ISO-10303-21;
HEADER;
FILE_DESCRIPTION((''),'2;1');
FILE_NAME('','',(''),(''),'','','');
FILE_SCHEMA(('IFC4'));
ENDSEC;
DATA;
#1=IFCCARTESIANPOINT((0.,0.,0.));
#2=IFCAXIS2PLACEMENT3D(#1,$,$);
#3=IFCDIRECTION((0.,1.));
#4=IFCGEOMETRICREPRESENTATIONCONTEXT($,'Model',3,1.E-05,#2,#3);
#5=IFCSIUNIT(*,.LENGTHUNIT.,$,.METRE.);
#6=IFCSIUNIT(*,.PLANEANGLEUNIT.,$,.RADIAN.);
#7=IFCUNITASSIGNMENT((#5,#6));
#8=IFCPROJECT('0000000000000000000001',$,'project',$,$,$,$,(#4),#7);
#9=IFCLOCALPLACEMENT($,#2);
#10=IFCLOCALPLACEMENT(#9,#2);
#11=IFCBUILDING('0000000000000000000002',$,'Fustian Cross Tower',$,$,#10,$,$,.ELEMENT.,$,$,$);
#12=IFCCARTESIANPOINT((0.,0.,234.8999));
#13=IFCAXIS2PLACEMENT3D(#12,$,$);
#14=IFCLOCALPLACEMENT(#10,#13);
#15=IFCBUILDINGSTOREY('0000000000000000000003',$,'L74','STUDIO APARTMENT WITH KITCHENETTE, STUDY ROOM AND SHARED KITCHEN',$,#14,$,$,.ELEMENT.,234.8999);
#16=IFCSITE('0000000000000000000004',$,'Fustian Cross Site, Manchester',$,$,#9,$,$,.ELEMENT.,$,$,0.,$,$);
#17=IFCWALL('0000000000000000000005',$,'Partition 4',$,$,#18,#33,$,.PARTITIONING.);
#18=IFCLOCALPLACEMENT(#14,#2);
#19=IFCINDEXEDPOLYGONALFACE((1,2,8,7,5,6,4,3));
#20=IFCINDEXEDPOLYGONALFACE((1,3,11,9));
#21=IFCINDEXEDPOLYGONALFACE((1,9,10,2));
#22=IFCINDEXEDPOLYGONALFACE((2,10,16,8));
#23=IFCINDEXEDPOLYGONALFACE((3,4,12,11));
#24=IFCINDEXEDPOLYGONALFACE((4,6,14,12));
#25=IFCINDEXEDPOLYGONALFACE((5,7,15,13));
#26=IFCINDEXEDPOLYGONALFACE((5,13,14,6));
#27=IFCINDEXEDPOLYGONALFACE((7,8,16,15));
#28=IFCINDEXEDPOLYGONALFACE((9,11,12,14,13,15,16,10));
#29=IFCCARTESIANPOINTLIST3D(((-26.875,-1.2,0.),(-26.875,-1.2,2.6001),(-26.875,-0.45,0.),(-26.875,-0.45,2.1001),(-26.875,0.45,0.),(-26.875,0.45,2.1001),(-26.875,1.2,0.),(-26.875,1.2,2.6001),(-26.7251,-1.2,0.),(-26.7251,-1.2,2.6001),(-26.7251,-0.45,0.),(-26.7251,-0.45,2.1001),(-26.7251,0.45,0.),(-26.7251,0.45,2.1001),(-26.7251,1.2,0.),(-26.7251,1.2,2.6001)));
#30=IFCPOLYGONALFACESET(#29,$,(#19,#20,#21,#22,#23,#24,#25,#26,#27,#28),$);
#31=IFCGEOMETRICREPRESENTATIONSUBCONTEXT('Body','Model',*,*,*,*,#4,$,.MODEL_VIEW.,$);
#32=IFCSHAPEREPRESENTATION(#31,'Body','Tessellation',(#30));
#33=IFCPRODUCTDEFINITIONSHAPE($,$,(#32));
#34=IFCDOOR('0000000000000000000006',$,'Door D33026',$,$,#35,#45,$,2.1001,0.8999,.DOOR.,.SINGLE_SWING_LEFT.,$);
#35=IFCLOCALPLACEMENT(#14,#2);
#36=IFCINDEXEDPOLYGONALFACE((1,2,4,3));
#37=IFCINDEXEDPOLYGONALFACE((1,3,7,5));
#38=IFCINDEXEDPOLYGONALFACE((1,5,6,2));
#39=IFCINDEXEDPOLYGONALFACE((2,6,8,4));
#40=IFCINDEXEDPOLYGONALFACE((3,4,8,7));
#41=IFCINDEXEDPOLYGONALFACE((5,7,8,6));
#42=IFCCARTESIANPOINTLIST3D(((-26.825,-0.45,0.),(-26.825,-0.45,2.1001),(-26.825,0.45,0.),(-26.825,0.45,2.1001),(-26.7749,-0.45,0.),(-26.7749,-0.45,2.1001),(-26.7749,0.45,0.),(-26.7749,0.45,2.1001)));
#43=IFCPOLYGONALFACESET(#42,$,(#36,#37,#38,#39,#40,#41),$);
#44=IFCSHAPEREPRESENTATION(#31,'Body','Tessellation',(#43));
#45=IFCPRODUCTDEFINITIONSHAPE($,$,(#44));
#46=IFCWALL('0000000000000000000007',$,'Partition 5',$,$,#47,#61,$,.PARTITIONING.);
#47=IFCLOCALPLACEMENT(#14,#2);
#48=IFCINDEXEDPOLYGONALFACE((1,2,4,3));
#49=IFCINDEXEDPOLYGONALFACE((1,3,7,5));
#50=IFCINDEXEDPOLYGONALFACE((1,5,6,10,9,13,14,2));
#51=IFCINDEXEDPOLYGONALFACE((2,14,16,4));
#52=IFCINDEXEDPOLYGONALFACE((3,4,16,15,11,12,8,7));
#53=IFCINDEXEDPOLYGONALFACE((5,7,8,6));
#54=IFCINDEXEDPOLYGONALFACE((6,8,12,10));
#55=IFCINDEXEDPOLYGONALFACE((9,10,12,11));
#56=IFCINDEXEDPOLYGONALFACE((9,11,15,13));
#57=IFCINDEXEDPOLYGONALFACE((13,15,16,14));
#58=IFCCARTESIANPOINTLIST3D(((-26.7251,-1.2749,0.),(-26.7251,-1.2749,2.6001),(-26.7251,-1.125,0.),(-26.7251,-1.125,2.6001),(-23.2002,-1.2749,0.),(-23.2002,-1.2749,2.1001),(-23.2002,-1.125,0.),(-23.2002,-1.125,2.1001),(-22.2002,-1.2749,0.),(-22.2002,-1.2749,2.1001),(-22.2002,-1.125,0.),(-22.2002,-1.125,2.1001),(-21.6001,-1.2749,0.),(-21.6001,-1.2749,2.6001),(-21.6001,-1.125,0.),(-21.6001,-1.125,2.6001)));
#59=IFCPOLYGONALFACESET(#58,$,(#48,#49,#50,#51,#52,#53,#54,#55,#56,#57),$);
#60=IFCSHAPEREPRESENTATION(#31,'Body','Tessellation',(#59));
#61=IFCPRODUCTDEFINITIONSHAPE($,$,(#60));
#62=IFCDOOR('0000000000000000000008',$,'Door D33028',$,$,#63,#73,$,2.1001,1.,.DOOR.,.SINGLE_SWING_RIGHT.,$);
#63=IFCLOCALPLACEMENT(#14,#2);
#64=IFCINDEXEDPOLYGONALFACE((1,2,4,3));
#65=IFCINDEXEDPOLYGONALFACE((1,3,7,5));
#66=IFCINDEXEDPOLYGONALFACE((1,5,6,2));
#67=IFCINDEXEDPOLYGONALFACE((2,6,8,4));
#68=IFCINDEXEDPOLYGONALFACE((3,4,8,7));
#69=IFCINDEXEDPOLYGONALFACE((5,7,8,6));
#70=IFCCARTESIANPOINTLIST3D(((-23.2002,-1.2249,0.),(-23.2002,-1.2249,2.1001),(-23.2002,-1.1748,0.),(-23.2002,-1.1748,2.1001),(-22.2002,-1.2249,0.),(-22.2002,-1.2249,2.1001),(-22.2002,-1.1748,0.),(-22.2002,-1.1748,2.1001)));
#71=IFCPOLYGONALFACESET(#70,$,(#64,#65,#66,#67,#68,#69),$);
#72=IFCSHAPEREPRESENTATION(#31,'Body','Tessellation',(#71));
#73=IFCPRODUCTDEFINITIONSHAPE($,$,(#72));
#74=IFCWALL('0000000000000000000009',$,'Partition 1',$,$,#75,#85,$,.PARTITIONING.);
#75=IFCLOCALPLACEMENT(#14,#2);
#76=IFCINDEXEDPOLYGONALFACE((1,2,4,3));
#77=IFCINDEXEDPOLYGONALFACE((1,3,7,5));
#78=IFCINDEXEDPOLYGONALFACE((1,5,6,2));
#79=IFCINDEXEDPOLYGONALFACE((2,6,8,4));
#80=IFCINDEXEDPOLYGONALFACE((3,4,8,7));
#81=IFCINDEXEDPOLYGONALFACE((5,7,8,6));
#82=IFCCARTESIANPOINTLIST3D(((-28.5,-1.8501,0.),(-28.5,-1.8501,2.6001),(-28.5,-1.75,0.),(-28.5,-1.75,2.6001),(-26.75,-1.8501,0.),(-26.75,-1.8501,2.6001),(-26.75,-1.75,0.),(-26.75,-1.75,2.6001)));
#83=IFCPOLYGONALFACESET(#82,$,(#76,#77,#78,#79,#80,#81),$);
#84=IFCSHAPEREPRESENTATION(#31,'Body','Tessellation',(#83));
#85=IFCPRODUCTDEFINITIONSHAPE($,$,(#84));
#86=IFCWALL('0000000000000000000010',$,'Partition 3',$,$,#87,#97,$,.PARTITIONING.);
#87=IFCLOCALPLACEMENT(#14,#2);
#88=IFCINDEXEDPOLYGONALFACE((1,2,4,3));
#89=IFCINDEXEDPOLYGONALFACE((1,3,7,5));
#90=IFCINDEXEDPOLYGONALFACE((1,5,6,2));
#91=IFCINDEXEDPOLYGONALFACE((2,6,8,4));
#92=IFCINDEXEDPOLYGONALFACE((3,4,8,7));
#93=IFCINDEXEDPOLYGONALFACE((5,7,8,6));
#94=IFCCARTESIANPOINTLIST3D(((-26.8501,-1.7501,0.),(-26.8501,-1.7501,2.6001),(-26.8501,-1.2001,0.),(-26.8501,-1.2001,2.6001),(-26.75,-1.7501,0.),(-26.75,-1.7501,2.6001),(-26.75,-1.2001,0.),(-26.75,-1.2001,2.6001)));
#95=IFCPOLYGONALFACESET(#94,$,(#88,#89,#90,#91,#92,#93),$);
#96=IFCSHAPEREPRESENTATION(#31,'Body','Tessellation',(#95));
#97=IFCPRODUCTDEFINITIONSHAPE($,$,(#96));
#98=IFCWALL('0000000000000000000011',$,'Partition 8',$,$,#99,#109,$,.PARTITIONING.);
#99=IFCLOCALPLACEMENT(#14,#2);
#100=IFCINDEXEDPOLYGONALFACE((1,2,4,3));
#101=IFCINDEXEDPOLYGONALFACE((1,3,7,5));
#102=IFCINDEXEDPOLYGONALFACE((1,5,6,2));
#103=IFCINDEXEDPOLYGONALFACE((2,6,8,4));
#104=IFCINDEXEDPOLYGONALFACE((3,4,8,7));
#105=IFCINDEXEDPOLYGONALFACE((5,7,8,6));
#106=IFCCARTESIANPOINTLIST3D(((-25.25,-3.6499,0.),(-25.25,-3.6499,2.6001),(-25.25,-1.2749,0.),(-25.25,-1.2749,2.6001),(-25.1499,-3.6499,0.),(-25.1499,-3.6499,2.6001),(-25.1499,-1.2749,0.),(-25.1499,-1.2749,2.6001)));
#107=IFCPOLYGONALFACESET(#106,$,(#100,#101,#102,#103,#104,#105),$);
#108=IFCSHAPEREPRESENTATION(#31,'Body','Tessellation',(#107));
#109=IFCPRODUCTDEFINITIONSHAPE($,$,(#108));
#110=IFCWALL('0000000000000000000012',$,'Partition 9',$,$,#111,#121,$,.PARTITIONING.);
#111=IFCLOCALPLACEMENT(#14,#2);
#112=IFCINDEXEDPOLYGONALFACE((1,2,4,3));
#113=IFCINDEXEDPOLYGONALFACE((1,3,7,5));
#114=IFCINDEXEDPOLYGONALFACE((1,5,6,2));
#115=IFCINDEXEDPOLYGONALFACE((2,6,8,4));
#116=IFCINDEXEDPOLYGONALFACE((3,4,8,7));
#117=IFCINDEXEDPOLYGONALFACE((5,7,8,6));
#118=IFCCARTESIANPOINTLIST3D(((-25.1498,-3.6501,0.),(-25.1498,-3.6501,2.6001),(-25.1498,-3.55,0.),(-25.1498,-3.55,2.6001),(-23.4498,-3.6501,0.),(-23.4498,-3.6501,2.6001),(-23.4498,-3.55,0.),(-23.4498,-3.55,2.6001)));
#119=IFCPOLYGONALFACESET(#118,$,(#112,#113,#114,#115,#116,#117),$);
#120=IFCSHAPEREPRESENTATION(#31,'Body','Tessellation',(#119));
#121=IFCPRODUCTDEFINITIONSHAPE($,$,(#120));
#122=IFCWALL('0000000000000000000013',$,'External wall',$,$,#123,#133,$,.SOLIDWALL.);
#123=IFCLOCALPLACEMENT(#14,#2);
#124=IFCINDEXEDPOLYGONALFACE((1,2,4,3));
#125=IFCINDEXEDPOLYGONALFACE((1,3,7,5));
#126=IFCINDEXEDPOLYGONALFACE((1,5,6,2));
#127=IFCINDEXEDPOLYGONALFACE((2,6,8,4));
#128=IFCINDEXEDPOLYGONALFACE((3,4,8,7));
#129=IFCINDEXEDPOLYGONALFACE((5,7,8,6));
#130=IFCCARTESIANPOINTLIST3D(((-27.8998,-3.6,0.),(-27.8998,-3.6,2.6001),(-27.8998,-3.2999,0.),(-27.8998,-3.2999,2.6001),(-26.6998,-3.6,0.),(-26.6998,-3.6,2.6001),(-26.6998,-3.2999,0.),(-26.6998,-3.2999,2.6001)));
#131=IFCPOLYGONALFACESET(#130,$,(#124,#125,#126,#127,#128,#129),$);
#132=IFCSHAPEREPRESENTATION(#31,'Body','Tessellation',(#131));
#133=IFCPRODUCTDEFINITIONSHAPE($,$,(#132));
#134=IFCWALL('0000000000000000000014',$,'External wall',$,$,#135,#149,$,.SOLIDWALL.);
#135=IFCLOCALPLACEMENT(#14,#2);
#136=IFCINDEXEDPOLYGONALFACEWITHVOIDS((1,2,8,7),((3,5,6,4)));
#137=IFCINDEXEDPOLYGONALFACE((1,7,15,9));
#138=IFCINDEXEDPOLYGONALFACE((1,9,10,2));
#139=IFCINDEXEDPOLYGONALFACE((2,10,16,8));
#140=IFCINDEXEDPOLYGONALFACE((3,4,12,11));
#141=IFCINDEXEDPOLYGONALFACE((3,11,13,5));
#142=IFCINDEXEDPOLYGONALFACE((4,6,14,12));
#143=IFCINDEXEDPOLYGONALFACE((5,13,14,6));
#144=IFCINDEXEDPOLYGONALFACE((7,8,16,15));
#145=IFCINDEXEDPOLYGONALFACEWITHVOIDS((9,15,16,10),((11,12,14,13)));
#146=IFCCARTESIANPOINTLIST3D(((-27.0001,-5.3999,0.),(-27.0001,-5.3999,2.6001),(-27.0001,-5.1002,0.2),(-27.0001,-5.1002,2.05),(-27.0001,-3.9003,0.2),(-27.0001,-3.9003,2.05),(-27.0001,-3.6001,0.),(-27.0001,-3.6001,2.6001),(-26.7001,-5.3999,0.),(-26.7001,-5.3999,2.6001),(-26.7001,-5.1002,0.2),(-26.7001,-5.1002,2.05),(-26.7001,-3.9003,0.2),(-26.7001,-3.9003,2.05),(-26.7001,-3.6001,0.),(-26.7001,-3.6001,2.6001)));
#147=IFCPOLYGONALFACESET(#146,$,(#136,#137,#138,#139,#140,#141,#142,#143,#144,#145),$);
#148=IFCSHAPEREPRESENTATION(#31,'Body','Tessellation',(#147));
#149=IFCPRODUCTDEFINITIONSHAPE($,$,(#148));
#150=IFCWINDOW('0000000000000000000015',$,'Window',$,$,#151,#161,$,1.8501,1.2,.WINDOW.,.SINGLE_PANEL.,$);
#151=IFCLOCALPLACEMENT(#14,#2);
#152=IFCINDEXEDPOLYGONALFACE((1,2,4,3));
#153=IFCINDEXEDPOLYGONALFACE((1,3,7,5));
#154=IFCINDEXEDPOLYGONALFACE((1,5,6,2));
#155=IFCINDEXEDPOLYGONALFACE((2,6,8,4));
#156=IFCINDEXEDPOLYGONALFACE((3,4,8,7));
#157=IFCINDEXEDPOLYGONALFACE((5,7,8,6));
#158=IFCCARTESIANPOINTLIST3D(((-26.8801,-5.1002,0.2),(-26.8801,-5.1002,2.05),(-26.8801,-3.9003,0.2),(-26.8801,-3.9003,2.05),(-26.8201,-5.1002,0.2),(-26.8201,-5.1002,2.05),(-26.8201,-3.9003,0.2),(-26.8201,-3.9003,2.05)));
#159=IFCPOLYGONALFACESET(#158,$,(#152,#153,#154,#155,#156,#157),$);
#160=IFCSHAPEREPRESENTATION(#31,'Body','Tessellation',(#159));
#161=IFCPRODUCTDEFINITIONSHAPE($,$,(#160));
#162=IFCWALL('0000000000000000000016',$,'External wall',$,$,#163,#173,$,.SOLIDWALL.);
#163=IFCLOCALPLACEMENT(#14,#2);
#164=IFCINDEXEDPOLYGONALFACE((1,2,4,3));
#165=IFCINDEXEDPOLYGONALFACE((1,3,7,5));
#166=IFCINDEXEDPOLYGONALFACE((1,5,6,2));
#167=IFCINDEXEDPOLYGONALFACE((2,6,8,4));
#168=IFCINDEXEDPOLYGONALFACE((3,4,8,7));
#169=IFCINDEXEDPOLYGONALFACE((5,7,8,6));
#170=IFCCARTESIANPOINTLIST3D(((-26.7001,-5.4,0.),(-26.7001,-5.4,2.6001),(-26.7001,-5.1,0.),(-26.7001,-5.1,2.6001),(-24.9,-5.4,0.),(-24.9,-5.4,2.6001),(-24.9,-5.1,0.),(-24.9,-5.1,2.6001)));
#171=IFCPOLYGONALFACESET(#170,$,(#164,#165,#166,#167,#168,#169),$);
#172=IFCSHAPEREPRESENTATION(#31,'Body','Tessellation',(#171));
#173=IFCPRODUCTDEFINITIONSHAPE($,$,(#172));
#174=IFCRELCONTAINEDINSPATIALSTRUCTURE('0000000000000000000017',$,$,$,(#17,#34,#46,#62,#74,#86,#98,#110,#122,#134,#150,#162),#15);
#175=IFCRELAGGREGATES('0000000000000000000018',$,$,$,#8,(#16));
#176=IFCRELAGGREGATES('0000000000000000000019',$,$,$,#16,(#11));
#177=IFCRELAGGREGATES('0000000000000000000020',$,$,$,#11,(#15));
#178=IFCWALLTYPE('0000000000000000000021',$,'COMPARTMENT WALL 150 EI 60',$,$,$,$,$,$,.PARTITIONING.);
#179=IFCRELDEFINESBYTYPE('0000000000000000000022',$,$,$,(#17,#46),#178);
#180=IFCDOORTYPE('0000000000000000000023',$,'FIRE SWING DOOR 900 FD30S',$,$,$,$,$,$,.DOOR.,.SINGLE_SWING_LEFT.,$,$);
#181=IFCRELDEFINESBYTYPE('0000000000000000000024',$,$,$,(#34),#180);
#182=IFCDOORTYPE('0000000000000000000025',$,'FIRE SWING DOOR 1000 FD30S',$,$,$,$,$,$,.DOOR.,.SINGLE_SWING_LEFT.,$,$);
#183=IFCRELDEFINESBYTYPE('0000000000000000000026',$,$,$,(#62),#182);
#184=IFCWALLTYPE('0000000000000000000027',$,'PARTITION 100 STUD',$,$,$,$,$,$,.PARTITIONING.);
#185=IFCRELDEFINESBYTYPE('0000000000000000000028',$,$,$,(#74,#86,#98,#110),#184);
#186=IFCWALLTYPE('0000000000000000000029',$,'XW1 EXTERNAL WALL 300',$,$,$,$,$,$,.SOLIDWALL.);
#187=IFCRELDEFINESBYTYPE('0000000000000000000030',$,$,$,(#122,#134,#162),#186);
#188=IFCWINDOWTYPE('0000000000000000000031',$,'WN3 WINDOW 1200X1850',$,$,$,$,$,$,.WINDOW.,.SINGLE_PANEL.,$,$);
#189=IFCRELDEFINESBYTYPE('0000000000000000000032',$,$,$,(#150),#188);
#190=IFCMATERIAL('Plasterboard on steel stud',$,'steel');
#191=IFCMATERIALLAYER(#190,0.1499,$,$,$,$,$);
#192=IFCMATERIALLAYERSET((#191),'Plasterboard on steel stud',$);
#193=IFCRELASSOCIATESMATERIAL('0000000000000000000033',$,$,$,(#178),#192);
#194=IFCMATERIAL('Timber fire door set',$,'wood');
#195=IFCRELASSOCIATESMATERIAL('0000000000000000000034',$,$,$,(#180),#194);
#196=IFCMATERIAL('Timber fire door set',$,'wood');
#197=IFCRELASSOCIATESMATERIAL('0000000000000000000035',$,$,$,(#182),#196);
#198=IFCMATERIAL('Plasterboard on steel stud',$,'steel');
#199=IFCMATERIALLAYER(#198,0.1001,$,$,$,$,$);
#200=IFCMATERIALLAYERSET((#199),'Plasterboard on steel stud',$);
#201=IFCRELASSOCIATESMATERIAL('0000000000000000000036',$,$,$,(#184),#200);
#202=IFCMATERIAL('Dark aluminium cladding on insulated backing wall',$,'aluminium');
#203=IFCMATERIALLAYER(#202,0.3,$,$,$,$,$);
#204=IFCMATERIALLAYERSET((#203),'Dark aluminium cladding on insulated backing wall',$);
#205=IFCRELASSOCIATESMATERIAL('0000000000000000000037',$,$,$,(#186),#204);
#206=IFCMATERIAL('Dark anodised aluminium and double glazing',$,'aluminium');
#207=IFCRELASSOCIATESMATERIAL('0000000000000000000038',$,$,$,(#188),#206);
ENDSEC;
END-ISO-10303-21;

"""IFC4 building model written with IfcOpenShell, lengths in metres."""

from ifc_helpers import new_model, si_unit, direction, frame, frame_2d, origin, place, context, subcontext, project, spatial, rectangle, extrude, material, layer, layer_set, type_object, element, fill, save


model = new_model("IFC4")

# Units and contexts
model_context = context("Model", 3, precision=1e-05, world=origin(), true_north=direction((0.0, 1.0)))
body_context = subcontext(model_context, "Body", "Model", "MODEL_VIEW")
ifc_project = project(units=[si_unit("LENGTHUNIT", "METRE"), si_unit("PLANEANGLEUNIT", "RADIAN")], contexts=[model_context])

# Site, building, storey
site_placement = place(None, origin())
site = spatial("IfcSite", under=ifc_project, at=site_placement, Name="Fustian Cross Site, Manchester", CompositionType="ELEMENT", RefElevation=0.0)
building_placement = place(site_placement, origin())
building = spatial("IfcBuilding", under=site, at=building_placement, Name="Fustian Cross Tower", CompositionType="ELEMENT")
storey_placement = place(building_placement, frame((0.0, 0.0, 234.8999)))
storey = spatial("IfcBuildingStorey", under=building, at=storey_placement, Name="L74", Description="STUDIO APARTMENT WITH KITCHENETTE, STUDY ROOM AND SHARED KITCHEN", CompositionType="ELEMENT", Elevation=234.8999)

# Walls, openings, doors
ifc_material_1 = material(Name="Plasterboard on steel stud", Category="steel")
ifc_layer_1 = layer(ifc_material_1, 0.1499)
ifc_layer_set_1 = layer_set([ifc_layer_1], Name="Plasterboard on steel stud")
wall_type_1 = type_object("IfcWallType", Name="COMPARTMENT WALL 150 EI 60", PredefinedType="PARTITIONING", material=ifc_layer_set_1)
wall_1_placement = place(storey_placement, frame((-26.8, -1.2, 0.0), z_axis=(0.0, 0.0, 1.0), x_axis=(0.0, 1.0, 0.0)))
wall_1 = element("IfcWall", 1, at=wall_1_placement, inside=storey, type_object=wall_type_1, Name="Partition 4", PredefinedType="PARTITIONING", context=body_context, shape_type="SweptSolid", body=[
    extrude(rectangle(XDim=2.3999, YDim=0.1499, at=frame_2d((1.2, 0.0))), origin(), (0.0, 0.0, 1.0), 2.6001),
])
opening_1_placement = place(wall_1_placement, frame((0.75, 0.0, 0.0)))
opening_1 = element("IfcOpeningElement", 2, at=opening_1_placement, cuts=wall_1, PredefinedType="OPENING", context=body_context, shape_type="SweptSolid", body=[
    extrude(rectangle(XDim=0.8999, YDim=2.1001, at=frame_2d((0.45, 1.05))), frame((0.0, 0.085, 0.0), z_axis=(0.0, -1.0, 0.0), x_axis=(1.0, 0.0, 0.0)), (0.0, 0.0, 1.0), 0.1699),
])
ifc_material_2 = material(Name="Timber fire door set", Category="wood")
door_type_1 = type_object("IfcDoorType", Name="FIRE SWING DOOR 900 FD30S", OperationType="SINGLE_SWING_LEFT", PredefinedType="DOOR", material=ifc_material_2)
door_1_placement = place(opening_1_placement, origin())
door_1 = element("IfcDoor", 3, at=door_1_placement, inside=storey, type_object=door_type_1, Name="Door D33026", OperationType="SINGLE_SWING_LEFT", OverallHeight=2.1001, OverallWidth=0.8999, PredefinedType="DOOR", context=body_context, shape_type="SweptSolid", body=[
    extrude(rectangle(XDim=0.8999, YDim=2.1001, at=frame_2d((0.45, 1.05))), frame((0.0, 0.0249, 0.0), z_axis=(0.0, -1.0, 0.0), x_axis=(1.0, 0.0, 0.0)), (0.0, 0.0, 1.0), 0.05),
])
fill(opening_1, door_1)
wall_2_placement = place(storey_placement, frame((-26.7251, -1.2, 0.0), z_axis=(0.0, 0.0, 1.0), x_axis=(1.0, 0.0, 0.0)))
wall_2 = element("IfcWall", 4, at=wall_2_placement, inside=storey, type_object=wall_type_1, Name="Partition 5", PredefinedType="PARTITIONING", context=body_context, shape_type="SweptSolid", body=[
    extrude(rectangle(XDim=5.125, YDim=0.1499, at=frame_2d((2.5625, 0.0))), origin(), (0.0, 0.0, 1.0), 2.6001),
])
opening_2_placement = place(wall_2_placement, frame((3.5249, 0.0, 0.0)))
opening_2 = element("IfcOpeningElement", 5, at=opening_2_placement, cuts=wall_2, PredefinedType="OPENING", context=body_context, shape_type="SweptSolid", body=[
    extrude(rectangle(XDim=1.0, YDim=2.1001, at=frame_2d((0.5, 1.05))), frame((0.0, 0.085, 0.0), z_axis=(0.0, -1.0, 0.0), x_axis=(1.0, 0.0, 0.0)), (0.0, 0.0, 1.0), 0.1699),
])
ifc_material_3 = material(Name="Timber fire door set", Category="wood")
door_type_2 = type_object("IfcDoorType", Name="FIRE SWING DOOR 1000 FD30S", OperationType="SINGLE_SWING_LEFT", PredefinedType="DOOR", material=ifc_material_3)
door_2_placement = place(opening_2_placement, frame((1.0, 0.0, 0.0), z_axis=(0.0, 0.0, 1.0), x_axis=(-1.0, 0.0, 0.0)))
door_2 = element("IfcDoor", 6, at=door_2_placement, inside=storey, type_object=door_type_2, Name="Door D33028", OperationType="SINGLE_SWING_RIGHT", OverallHeight=2.1001, OverallWidth=1.0, PredefinedType="DOOR", context=body_context, shape_type="SweptSolid", body=[
    extrude(rectangle(XDim=1.0, YDim=2.1001, at=frame_2d((0.5, 1.05))), frame((0.0, 0.0249, 0.0), z_axis=(0.0, -1.0, 0.0), x_axis=(1.0, 0.0, 0.0)), (0.0, 0.0, 1.0), 0.05),
])
fill(opening_2, door_2)

# Walls
ifc_material_4 = material(Name="Plasterboard on steel stud", Category="steel")
ifc_layer_2 = layer(ifc_material_4, 0.1001)
ifc_layer_set_2 = layer_set([ifc_layer_2], Name="Plasterboard on steel stud")
wall_type_2 = type_object("IfcWallType", Name="PARTITION 100 STUD", PredefinedType="PARTITIONING", material=ifc_layer_set_2)
wall_3_placement = place(storey_placement, frame((-28.5, -1.8, 0.0), z_axis=(0.0, 0.0, 1.0), x_axis=(1.0, 0.0, 0.0)))
element("IfcWall", 7, at=wall_3_placement, inside=storey, type_object=wall_type_2, Name="Partition 1", PredefinedType="PARTITIONING", context=body_context, shape_type="SweptSolid", body=[
    extrude(rectangle(XDim=1.75, YDim=0.1001, at=frame_2d((0.875, 0.0))), origin(), (0.0, 0.0, 1.0), 2.6001),
])
wall_4_placement = place(storey_placement, frame((-26.8, -1.75, 0.0), z_axis=(0.0, 0.0, 1.0), x_axis=(0.0, 1.0, 0.0)))
element("IfcWall", 8, at=wall_4_placement, inside=storey, type_object=wall_type_2, Name="Partition 3", PredefinedType="PARTITIONING", context=body_context, shape_type="SweptSolid", body=[
    extrude(rectangle(XDim=0.55, YDim=0.1001, at=frame_2d((0.2749, 0.0))), origin(), (0.0, 0.0, 1.0), 2.6001),
])
wall_5_placement = place(storey_placement, frame((-25.2, -3.6499, 0.0), z_axis=(0.0, 0.0, 1.0), x_axis=(0.0, 1.0, 0.0)))
element("IfcWall", 9, at=wall_5_placement, inside=storey, type_object=wall_type_2, Name="Partition 8", PredefinedType="PARTITIONING", context=body_context, shape_type="SweptSolid", body=[
    extrude(rectangle(XDim=2.375, YDim=0.1001, at=frame_2d((1.1875, 0.0))), origin(), (0.0, 0.0, 1.0), 2.6001),
])
wall_6_placement = place(storey_placement, frame((-25.1499, -3.6001, 0.0), z_axis=(0.0, 0.0, 1.0), x_axis=(1.0, 0.0, 0.0)))
element("IfcWall", 10, at=wall_6_placement, inside=storey, type_object=wall_type_2, Name="Partition 9", PredefinedType="PARTITIONING", context=body_context, shape_type="SweptSolid", body=[
    extrude(rectangle(XDim=1.7, YDim=0.1001, at=frame_2d((0.8501, 0.0))), origin(), (0.0, 0.0, 1.0), 2.6001),
])
ifc_material_5 = material(Name="Dark aluminium cladding on insulated backing wall", Category="aluminium")
ifc_layer_3 = layer(ifc_material_5, 0.3)
ifc_layer_set_3 = layer_set([ifc_layer_3], Name="Dark aluminium cladding on insulated backing wall")
wall_type_3 = type_object("IfcWallType", Name="XW1 EXTERNAL WALL 300", PredefinedType="SOLIDWALL", material=ifc_layer_set_3)
wall_7_placement = place(storey_placement, frame((-27.8999, -3.45, 0.0), z_axis=(0.0, 0.0, 1.0), x_axis=(1.0, 0.0, 0.0)))
element("IfcWall", 11, at=wall_7_placement, inside=storey, type_object=wall_type_3, Name="External wall", PredefinedType="SOLIDWALL", context=body_context, shape_type="SweptSolid", body=[
    extrude(rectangle(XDim=1.2, YDim=0.3, at=frame_2d((0.6001, 0.0))), origin(), (0.0, 0.0, 1.0), 2.6001),
])

# Wall, opening, window
wall_8_placement = place(storey_placement, frame((-26.8501, -3.6001, 0.0), z_axis=(0.0, 0.0, 1.0), x_axis=(0.0, -1.0, 0.0)))
wall_8 = element("IfcWall", 12, at=wall_8_placement, inside=storey, type_object=wall_type_3, Name="External wall", PredefinedType="SOLIDWALL", context=body_context, shape_type="SweptSolid", body=[
    extrude(rectangle(XDim=1.7998, YDim=0.3, at=frame_2d((0.8999, 0.0))), origin(), (0.0, 0.0, 1.0), 2.6001),
])
opening_3_placement = place(wall_8_placement, frame((0.3, 0.0, 0.2)))
opening_3 = element("IfcOpeningElement", 13, at=opening_3_placement, cuts=wall_8, PredefinedType="OPENING", context=body_context, shape_type="SweptSolid", body=[
    extrude(rectangle(XDim=1.2, YDim=1.8501, at=frame_2d((0.6001, 0.925))), frame((0.0, 0.1599, 0.0), z_axis=(0.0, -1.0, 0.0), x_axis=(1.0, 0.0, 0.0)), (0.0, 0.0, 1.0), 0.3201),
])
ifc_material_6 = material(Name="Dark anodised aluminium and double glazing", Category="aluminium")
window_type = type_object("IfcWindowType", Name="WN3 WINDOW 1200X1850", PartitioningType="SINGLE_PANEL", PredefinedType="WINDOW", material=ifc_material_6)
window_1_placement = place(opening_3_placement, origin())
window_1 = element("IfcWindow", 14, at=window_1_placement, inside=storey, type_object=window_type, Name="Window", OverallHeight=1.8501, OverallWidth=1.2, PartitioningType="SINGLE_PANEL", PredefinedType="WINDOW", context=body_context, shape_type="SweptSolid", body=[
    extrude(rectangle(XDim=1.2, YDim=1.8501, at=frame_2d((0.6001, 0.925))), frame((0.0, 0.03, 0.0), z_axis=(0.0, -1.0, 0.0), x_axis=(1.0, 0.0, 0.0)), (0.0, 0.0, 1.0), 0.0601),
])
fill(opening_3, window_1)

# Wall
wall_9_placement = place(storey_placement, frame((-26.7, -5.25, 0.0), z_axis=(0.0, 0.0, 1.0), x_axis=(1.0, 0.0, 0.0)))
element("IfcWall", 15, at=wall_9_placement, inside=storey, type_object=wall_type_3, Name="External wall", PredefinedType="SOLIDWALL", context=body_context, shape_type="SweptSolid", body=[
    extrude(rectangle(XDim=1.8, YDim=0.3, at=frame_2d((0.8999, 0.0))), origin(), (0.0, 0.0, 1.0), 2.6001),
])

save(model, "model.ifc")
